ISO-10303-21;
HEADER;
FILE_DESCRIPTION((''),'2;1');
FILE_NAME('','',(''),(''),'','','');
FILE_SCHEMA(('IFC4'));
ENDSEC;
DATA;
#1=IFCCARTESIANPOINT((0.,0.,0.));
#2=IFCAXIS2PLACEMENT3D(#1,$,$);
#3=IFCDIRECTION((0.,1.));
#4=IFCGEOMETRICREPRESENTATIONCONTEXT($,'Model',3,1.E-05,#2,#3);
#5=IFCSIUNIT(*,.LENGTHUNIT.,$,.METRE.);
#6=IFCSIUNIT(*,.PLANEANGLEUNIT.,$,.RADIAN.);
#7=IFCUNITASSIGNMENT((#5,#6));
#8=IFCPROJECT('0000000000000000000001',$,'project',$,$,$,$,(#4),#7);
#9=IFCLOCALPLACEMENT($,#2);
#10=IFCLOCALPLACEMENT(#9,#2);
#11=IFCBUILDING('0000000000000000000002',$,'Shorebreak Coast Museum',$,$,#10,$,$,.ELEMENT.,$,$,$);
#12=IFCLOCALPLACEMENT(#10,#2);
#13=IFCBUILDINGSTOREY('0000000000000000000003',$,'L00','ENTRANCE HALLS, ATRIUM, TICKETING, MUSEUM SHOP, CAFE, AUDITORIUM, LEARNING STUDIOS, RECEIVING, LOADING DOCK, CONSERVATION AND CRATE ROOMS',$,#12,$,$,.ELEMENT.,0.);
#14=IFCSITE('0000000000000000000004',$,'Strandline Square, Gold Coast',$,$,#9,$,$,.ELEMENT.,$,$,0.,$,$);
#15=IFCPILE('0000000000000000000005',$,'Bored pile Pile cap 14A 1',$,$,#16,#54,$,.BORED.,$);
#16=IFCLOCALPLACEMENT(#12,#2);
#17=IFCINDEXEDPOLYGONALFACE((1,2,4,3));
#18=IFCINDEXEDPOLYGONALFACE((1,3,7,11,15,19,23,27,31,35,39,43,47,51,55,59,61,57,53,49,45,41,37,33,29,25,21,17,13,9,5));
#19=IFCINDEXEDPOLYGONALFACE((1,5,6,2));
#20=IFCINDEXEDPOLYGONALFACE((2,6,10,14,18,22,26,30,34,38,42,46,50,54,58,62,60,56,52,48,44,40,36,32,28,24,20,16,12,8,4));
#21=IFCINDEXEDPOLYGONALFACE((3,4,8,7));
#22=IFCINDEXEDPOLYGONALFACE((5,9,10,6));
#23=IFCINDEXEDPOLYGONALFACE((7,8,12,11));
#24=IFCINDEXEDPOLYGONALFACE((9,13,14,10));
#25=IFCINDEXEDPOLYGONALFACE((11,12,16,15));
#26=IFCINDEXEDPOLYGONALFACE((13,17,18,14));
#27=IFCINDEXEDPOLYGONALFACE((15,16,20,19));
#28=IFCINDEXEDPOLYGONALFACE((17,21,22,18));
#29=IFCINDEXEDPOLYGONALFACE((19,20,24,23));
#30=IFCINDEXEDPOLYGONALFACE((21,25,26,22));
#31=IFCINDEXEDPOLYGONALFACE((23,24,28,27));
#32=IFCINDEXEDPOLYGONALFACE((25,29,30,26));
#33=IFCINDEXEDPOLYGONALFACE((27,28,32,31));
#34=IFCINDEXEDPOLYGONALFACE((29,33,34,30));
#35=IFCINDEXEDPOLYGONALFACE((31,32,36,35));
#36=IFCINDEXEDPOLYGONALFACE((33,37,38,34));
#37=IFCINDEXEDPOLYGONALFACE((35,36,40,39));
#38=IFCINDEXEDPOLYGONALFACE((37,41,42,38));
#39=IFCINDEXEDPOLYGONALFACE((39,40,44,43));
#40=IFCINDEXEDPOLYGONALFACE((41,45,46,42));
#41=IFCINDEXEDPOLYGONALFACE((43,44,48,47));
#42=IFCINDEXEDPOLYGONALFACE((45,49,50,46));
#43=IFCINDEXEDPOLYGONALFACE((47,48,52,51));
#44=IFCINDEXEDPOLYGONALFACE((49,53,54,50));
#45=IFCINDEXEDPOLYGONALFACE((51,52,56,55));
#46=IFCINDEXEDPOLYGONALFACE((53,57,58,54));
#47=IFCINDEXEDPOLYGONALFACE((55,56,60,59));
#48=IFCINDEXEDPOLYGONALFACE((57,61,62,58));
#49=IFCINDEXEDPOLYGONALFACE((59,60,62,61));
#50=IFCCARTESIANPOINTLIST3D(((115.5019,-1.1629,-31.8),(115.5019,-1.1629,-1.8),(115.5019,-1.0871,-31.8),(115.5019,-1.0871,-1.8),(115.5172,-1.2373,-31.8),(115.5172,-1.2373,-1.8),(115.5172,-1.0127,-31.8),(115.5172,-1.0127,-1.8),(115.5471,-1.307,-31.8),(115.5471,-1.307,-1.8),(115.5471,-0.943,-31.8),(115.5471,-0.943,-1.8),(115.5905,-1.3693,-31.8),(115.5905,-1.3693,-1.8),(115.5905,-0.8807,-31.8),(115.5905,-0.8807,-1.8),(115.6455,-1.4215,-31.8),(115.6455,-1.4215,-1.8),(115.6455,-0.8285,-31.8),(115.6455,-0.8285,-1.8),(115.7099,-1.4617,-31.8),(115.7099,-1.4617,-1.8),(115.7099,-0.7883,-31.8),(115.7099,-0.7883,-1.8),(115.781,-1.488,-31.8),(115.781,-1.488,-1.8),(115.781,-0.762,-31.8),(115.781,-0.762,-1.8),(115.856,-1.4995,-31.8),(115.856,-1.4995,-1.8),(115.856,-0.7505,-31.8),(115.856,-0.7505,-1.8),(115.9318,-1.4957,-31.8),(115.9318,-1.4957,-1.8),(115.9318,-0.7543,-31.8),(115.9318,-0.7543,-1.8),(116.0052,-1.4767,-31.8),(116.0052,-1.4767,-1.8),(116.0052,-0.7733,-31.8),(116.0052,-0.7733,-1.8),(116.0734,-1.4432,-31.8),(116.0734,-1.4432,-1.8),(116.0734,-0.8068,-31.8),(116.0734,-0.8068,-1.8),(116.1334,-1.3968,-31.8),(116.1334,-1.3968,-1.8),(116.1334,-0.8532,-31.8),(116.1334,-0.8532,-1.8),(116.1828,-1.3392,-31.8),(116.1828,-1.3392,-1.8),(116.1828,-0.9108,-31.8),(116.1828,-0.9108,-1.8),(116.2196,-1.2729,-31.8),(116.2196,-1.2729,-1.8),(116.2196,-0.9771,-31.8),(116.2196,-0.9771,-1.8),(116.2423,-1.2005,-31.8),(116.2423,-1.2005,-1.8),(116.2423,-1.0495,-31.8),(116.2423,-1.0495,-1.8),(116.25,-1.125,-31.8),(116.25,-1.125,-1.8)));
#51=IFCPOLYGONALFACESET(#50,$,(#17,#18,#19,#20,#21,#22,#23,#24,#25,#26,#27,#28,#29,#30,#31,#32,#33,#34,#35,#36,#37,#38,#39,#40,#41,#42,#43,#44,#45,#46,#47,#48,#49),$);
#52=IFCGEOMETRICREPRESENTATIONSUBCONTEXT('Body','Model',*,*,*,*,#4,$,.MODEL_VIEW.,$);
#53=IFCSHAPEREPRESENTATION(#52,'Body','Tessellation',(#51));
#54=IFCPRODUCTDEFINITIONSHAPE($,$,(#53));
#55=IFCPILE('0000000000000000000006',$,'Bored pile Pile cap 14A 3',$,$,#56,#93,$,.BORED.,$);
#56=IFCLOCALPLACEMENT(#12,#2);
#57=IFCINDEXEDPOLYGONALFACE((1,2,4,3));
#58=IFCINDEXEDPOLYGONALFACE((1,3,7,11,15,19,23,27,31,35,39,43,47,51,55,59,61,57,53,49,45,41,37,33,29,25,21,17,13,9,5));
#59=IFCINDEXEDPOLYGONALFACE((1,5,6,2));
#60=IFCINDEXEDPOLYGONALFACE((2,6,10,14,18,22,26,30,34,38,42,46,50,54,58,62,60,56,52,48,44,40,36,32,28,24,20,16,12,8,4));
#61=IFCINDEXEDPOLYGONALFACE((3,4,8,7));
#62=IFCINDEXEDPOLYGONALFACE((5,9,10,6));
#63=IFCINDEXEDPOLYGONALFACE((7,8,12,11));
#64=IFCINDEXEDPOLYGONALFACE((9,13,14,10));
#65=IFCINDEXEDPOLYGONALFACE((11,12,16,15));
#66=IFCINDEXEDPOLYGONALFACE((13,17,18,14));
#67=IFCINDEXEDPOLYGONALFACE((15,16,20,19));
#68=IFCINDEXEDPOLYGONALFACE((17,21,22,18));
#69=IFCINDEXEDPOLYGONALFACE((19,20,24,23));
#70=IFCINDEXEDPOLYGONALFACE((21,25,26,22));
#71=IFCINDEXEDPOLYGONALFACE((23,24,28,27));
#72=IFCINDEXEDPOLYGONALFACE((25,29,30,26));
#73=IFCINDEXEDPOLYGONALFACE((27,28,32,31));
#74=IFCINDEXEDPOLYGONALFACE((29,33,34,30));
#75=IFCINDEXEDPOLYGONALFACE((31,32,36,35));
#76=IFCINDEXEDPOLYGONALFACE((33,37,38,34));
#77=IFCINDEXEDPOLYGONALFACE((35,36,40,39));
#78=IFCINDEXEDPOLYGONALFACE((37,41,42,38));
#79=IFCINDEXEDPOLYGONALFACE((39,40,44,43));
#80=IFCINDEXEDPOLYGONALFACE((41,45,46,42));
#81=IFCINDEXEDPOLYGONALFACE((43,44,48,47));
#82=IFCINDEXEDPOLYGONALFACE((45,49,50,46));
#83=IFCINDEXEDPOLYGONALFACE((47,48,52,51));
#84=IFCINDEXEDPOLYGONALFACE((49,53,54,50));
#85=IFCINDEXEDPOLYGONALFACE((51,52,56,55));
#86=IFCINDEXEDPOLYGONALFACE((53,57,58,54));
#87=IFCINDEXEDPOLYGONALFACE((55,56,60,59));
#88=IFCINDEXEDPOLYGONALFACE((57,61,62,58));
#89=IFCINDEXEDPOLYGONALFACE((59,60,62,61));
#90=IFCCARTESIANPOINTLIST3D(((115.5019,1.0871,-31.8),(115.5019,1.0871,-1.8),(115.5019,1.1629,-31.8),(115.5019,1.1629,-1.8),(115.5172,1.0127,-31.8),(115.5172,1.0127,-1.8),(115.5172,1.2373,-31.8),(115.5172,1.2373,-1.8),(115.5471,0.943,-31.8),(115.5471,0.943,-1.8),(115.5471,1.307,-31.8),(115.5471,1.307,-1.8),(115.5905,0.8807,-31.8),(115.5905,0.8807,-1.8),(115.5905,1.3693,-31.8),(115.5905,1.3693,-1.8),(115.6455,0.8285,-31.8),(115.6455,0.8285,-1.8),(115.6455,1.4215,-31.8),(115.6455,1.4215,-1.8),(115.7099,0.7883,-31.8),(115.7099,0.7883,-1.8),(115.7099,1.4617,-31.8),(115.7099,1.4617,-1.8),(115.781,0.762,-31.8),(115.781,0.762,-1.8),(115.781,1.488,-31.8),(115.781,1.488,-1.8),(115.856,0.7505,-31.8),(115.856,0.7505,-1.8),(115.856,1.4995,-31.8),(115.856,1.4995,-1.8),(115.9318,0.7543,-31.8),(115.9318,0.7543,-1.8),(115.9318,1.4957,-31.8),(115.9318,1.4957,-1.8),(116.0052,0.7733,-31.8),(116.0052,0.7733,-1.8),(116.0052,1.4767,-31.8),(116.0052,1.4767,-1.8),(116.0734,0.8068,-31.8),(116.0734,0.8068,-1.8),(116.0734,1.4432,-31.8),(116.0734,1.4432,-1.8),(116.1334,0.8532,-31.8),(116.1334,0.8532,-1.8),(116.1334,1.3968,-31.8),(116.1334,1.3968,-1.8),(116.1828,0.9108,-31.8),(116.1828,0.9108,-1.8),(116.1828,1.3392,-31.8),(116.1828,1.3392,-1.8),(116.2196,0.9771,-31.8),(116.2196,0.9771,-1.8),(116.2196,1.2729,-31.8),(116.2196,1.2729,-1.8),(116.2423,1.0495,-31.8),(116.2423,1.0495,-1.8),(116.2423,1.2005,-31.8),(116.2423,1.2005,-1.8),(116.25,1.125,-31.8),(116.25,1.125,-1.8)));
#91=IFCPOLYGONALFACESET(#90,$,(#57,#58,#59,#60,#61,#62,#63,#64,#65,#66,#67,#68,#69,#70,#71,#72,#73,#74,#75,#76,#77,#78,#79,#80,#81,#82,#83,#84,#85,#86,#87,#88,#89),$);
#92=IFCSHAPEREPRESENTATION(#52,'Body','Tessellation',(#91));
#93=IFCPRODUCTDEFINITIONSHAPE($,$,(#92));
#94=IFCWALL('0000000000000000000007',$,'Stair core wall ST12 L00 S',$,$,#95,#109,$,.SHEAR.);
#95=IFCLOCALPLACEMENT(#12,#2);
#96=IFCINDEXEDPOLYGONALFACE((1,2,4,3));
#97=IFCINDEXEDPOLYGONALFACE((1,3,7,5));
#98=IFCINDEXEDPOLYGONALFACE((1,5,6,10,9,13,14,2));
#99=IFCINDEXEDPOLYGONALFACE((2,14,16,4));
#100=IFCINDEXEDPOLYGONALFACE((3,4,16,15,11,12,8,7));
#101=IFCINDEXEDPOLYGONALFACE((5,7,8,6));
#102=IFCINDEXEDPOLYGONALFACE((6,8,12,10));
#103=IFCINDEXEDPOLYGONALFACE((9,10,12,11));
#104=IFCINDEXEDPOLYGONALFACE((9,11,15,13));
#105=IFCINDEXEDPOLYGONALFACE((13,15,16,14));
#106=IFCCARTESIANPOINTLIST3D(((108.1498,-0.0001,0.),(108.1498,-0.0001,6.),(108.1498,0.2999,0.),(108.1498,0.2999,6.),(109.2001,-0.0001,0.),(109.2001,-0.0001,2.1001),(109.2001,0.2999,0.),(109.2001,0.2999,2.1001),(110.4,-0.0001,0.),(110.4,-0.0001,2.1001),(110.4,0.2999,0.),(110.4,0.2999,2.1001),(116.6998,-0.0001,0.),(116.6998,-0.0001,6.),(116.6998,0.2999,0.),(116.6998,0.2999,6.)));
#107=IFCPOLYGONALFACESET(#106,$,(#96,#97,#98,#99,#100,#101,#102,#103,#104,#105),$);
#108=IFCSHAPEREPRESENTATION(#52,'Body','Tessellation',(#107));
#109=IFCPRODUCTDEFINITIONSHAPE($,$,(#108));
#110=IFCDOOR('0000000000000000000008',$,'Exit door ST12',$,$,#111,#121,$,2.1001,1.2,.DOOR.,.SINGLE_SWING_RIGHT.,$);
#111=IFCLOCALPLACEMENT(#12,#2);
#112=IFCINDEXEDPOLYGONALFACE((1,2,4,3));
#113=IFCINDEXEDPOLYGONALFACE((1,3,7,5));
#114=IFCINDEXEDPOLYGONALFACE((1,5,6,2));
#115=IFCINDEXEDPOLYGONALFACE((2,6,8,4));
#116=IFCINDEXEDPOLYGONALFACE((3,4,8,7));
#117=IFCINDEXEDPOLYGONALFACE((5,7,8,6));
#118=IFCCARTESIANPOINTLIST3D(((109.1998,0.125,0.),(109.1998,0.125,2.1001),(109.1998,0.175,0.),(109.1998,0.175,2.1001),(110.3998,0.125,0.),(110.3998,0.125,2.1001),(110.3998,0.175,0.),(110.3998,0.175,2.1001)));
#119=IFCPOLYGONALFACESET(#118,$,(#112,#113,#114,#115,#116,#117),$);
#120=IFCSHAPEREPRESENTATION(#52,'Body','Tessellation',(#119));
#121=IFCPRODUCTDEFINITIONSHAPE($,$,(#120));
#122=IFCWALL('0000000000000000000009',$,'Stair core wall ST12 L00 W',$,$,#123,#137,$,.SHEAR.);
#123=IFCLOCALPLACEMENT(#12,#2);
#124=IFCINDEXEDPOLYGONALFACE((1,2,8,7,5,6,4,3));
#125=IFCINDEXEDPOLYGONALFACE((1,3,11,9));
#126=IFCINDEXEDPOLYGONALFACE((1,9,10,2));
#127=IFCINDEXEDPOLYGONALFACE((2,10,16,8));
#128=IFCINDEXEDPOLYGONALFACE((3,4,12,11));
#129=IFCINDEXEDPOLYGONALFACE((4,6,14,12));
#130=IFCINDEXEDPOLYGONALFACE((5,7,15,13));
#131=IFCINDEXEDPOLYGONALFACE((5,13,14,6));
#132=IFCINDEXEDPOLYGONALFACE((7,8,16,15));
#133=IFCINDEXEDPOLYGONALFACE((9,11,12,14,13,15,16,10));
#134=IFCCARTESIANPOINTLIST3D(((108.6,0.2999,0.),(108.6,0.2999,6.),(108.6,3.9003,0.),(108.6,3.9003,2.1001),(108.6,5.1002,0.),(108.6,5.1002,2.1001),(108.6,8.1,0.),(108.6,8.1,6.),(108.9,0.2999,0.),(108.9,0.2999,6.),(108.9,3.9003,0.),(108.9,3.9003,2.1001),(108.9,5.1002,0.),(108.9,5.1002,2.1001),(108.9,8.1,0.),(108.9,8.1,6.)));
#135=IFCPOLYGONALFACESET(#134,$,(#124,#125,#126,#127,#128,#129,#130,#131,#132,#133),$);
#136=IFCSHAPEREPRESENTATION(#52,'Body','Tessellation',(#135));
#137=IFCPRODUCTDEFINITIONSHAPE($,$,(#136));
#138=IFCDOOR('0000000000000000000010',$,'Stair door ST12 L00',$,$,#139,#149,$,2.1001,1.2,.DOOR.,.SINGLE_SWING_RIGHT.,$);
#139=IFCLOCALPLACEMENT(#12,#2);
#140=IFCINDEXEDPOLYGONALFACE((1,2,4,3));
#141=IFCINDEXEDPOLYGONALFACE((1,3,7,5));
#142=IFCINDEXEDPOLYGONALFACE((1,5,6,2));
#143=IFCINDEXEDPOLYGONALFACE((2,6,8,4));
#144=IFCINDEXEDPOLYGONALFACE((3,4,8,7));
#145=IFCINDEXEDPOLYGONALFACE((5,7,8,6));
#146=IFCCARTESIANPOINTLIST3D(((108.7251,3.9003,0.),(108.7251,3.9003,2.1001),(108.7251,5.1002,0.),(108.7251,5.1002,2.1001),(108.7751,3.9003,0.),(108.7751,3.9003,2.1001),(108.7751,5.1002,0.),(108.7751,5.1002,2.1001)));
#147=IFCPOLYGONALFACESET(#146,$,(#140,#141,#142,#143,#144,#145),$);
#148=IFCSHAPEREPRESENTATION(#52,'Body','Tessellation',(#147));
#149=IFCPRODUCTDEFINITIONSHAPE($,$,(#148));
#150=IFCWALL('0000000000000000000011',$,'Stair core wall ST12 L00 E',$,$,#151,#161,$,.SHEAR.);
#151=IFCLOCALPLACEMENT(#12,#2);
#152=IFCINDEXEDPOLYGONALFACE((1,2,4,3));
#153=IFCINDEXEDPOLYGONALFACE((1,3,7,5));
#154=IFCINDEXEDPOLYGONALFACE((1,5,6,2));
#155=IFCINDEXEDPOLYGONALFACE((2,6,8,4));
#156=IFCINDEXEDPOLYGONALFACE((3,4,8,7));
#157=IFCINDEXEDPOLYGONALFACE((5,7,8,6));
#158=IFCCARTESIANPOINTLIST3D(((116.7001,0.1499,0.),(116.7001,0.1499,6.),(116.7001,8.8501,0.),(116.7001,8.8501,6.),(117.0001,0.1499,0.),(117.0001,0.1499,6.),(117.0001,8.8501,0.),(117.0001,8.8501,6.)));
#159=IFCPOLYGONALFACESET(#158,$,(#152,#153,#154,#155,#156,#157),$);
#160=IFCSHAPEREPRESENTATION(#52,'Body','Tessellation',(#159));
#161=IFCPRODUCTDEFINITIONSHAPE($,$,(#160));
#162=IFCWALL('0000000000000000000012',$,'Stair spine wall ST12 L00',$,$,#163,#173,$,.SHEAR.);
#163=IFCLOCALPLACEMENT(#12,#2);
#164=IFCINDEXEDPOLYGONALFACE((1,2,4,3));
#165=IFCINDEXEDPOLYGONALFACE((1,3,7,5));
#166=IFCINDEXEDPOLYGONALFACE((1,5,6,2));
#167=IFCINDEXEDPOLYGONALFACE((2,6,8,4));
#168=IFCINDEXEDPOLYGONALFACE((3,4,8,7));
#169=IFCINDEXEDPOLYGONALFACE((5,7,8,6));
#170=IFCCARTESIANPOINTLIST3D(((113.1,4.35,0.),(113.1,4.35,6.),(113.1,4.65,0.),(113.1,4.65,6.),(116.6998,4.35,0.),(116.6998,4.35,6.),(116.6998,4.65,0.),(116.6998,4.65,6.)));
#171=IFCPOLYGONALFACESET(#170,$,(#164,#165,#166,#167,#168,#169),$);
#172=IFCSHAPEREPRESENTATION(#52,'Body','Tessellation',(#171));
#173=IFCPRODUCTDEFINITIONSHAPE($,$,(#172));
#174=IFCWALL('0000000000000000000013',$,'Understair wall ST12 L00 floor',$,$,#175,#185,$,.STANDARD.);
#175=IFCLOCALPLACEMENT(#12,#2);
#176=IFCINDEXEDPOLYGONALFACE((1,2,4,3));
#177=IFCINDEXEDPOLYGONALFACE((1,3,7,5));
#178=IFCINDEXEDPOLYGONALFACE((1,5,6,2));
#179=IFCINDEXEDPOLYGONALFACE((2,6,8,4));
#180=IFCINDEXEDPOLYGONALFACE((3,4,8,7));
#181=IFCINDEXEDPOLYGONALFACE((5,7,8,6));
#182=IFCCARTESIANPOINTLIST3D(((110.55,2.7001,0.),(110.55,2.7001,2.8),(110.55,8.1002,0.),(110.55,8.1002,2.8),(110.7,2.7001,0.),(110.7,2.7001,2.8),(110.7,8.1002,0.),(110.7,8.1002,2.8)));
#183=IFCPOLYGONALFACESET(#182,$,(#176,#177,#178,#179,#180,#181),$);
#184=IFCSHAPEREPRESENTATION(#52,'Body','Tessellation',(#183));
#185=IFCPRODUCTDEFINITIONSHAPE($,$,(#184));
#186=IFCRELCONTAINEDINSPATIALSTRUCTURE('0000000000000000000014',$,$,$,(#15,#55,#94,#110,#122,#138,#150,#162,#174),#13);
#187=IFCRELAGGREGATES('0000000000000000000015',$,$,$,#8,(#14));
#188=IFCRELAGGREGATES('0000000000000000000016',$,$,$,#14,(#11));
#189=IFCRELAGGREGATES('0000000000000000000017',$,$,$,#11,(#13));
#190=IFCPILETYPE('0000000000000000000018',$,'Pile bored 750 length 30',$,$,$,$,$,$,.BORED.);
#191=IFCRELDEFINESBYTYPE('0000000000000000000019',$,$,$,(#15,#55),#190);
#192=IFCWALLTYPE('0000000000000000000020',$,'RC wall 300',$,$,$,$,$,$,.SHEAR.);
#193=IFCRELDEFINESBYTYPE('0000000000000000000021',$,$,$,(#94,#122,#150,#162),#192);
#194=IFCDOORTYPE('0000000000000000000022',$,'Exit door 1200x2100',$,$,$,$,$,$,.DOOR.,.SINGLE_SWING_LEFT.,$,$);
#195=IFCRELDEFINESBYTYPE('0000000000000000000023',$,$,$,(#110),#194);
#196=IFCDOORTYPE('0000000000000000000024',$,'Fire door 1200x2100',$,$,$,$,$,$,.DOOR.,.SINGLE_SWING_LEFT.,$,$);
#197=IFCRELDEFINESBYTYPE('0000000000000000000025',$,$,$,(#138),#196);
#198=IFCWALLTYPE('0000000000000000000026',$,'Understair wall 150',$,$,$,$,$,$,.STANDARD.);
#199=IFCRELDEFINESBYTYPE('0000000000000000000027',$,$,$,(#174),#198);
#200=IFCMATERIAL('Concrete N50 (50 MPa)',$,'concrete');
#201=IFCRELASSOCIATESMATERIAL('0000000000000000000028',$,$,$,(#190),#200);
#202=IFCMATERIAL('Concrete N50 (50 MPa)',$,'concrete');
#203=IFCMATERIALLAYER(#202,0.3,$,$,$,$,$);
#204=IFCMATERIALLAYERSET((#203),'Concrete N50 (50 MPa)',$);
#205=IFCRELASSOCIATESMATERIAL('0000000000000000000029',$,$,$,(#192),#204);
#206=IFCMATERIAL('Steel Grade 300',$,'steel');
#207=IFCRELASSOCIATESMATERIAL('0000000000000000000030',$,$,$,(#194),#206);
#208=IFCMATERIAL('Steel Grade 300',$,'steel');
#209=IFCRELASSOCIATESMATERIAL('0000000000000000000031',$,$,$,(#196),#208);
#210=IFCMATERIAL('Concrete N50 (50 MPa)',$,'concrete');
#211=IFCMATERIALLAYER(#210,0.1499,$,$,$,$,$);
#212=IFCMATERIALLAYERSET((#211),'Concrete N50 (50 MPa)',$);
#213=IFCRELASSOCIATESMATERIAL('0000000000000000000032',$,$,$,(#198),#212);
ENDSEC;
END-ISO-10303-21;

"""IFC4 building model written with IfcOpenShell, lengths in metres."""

from ifc_helpers import new_model, si_unit, direction, frame, frame_2d, origin, origin_2d, place, context, subcontext, project, spatial, rectangle, circle, extrude, material, layer, layer_set, material_profile, profile_set, type_object, element, fill, save


model = new_model("IFC4")

# Units and contexts
model_context = context("Model", 3, precision=1e-05, world=origin(), true_north=direction((0.0, 1.0)))
body_context = subcontext(model_context, "Body", "Model", "MODEL_VIEW")
ifc_project = project(units=[si_unit("LENGTHUNIT", "METRE"), si_unit("PLANEANGLEUNIT", "RADIAN")], contexts=[model_context])

# Site, building, storey
site_placement = place(None, origin())
site = spatial("IfcSite", under=ifc_project, at=site_placement, Name="Strandline Square, Gold Coast", CompositionType="ELEMENT", RefElevation=0.0)
building_placement = place(site_placement, origin())
building = spatial("IfcBuilding", under=site, at=building_placement, Name="Shorebreak Coast Museum", CompositionType="ELEMENT")
storey_placement = place(building_placement, origin())
storey = spatial("IfcBuildingStorey", under=building, at=storey_placement, Name="L00", Description="ENTRANCE HALLS, ATRIUM, TICKETING, MUSEUM SHOP, CAFE, AUDITORIUM, LEARNING STUDIOS, RECEIVING, LOADING DOCK, CONSERVATION AND CRATE ROOMS", CompositionType="ELEMENT", Elevation=0.0)

# Piles
ifc_material_1 = material(Name="Concrete N50 (50 MPa)", Category="concrete")
ifc_material_profile_1 = material_profile(ifc_material_1, circle(Radius=0.375, at=origin_2d()), Name="Pile bored 750 length 30")
ifc_profile_set_1 = profile_set([ifc_material_profile_1], Name="Concrete N50 (50 MPa)")
pile_type_1 = type_object("IfcPileType", Name="Pile bored 750 length 30", PredefinedType="BORED", material=ifc_profile_set_1)
for number, where, z_axis, x_axis, name in (
    (1, (115.875, -1.125, -1.8), (0.0, 0.0, -1.0), (1.0, 0.0, 0.0), "Bored pile Pile cap 14A 1"),
    (2, (115.875, 1.125, -1.8), (0.0, 0.0, -1.0), (1.0, 0.0, 0.0), "Bored pile Pile cap 14A 3"),
):
    element("IfcPile", number, at=place(storey_placement, frame(where, z_axis=z_axis, x_axis=x_axis)), inside=storey, type_object=pile_type_1, Name=name, PredefinedType="BORED", context=body_context, shape_type="SweptSolid", body=[
        extrude(circle(Radius=0.375, at=origin_2d()), origin(), (0.0, 0.0, 1.0), 30.0),
    ])

# Walls, openings, doors
ifc_material_2 = material(Name="Concrete N50 (50 MPa)", Category="concrete")
ifc_layer_1 = layer(ifc_material_2, 0.3)
ifc_layer_set_1 = layer_set([ifc_layer_1], Name="Concrete N50 (50 MPa)")
wall_type_1 = type_object("IfcWallType", Name="RC wall 300", PredefinedType="SHEAR", material=ifc_layer_set_1)
wall_1_placement = place(storey_placement, frame((108.1499, 0.1499, 0.0), z_axis=(0.0, 0.0, 1.0), x_axis=(1.0, 0.0, 0.0)))
wall_1 = element("IfcWall", 3, at=wall_1_placement, inside=storey, type_object=wall_type_1, Name="Stair core wall ST12 L00 S", PredefinedType="SHEAR", context=body_context, shape_type="SweptSolid", body=[
    extrude(rectangle(XDim=8.55, YDim=0.3, at=frame_2d((4.2749, 0.0))), origin(), (0.0, 0.0, 1.0), 6.0),
])
opening_1_placement = place(wall_1_placement, frame((1.05, 0.0, 0.0)))
opening_1 = element("IfcOpeningElement", 4, at=opening_1_placement, cuts=wall_1, PredefinedType="OPENING", context=body_context, shape_type="SweptSolid", body=[
    extrude(rectangle(XDim=1.2, YDim=2.1001, at=frame_2d((0.6001, 1.05))), frame((0.0, 0.1599, 0.0), z_axis=(0.0, -1.0, 0.0), x_axis=(1.0, 0.0, 0.0)), (0.0, 0.0, 1.0), 0.3201),
])
ifc_material_3 = material(Name="Steel Grade 300", Category="steel")
door_type_1 = type_object("IfcDoorType", Name="Exit door 1200x2100", OperationType="SINGLE_SWING_LEFT", PredefinedType="DOOR", material=ifc_material_3)
door_1_placement = place(opening_1_placement, frame((1.2, 0.0, 0.0), z_axis=(0.0, 0.0, 1.0), x_axis=(-1.0, 0.0, 0.0)))
door_1 = element("IfcDoor", 5, at=door_1_placement, inside=storey, type_object=door_type_1, Name="Exit door ST12", OperationType="SINGLE_SWING_RIGHT", OverallHeight=2.1001, OverallWidth=1.2, PredefinedType="DOOR", context=body_context, shape_type="SweptSolid", body=[
    extrude(rectangle(XDim=1.2, YDim=2.1001, at=frame_2d((0.6001, 1.05))), frame((0.0, 0.0249, 0.0), z_axis=(0.0, -1.0, 0.0), x_axis=(1.0, 0.0, 0.0)), (0.0, 0.0, 1.0), 0.05),
])
fill(opening_1, door_1)
wall_2_placement = place(storey_placement, frame((108.75, 0.3, 0.0), z_axis=(0.0, 0.0, 1.0), x_axis=(0.0, 1.0, 0.0)))
wall_2 = element("IfcWall", 6, at=wall_2_placement, inside=storey, type_object=wall_type_1, Name="Stair core wall ST12 L00 W", PredefinedType="SHEAR", context=body_context, shape_type="SweptSolid", body=[
    extrude(rectangle(XDim=7.8, YDim=0.3, at=frame_2d((3.8999, 0.0))), origin(), (0.0, 0.0, 1.0), 6.0),
])
opening_2_placement = place(wall_2_placement, frame((3.6001, 0.0, 0.0)))
opening_2 = element("IfcOpeningElement", 7, at=opening_2_placement, cuts=wall_2, PredefinedType="OPENING", context=body_context, shape_type="SweptSolid", body=[
    extrude(rectangle(XDim=1.2, YDim=2.1001, at=frame_2d((0.6001, 1.05))), frame((0.0, 0.1599, 0.0), z_axis=(0.0, -1.0, 0.0), x_axis=(1.0, 0.0, 0.0)), (0.0, 0.0, 1.0), 0.3201),
])
ifc_material_4 = material(Name="Steel Grade 300", Category="steel")
door_type_2 = type_object("IfcDoorType", Name="Fire door 1200x2100", OperationType="SINGLE_SWING_LEFT", PredefinedType="DOOR", material=ifc_material_4)
door_2_placement = place(opening_2_placement, origin())
door_2 = element("IfcDoor", 8, at=door_2_placement, inside=storey, type_object=door_type_2, Name="Stair door ST12 L00", OperationType="SINGLE_SWING_RIGHT", OverallHeight=2.1001, OverallWidth=1.2, PredefinedType="DOOR", context=body_context, shape_type="SweptSolid", body=[
    extrude(rectangle(XDim=1.2, YDim=2.1001, at=frame_2d((0.6001, 1.05))), frame((0.0, 0.0249, 0.0), z_axis=(0.0, -1.0, 0.0), x_axis=(1.0, 0.0, 0.0)), (0.0, 0.0, 1.0), 0.05),
])
fill(opening_2, door_2)

# Walls
wall_3_placement = place(storey_placement, frame((116.8501, 0.1499, 0.0), z_axis=(0.0, 0.0, 1.0), x_axis=(0.0, 1.0, 0.0)))
element("IfcWall", 9, at=wall_3_placement, inside=storey, type_object=wall_type_1, Name="Stair core wall ST12 L00 E", PredefinedType="SHEAR", context=body_context, shape_type="SweptSolid", body=[
    extrude(rectangle(XDim=8.7002, YDim=0.3, at=frame_2d((4.3501, 0.0))), origin(), (0.0, 0.0, 1.0), 6.0),
])
wall_4_placement = place(storey_placement, frame((113.1001, 4.5, 0.0), z_axis=(0.0, 0.0, 1.0), x_axis=(1.0, 0.0, 0.0)))
element("IfcWall", 10, at=wall_4_placement, inside=storey, type_object=wall_type_1, Name="Stair spine wall ST12 L00", PredefinedType="SHEAR", context=body_context, shape_type="SweptSolid", body=[
    extrude(rectangle(XDim=3.5999, YDim=0.3, at=frame_2d((1.7998, 0.0))), origin(), (0.0, 0.0, 1.0), 6.0),
])
ifc_material_5 = material(Name="Concrete N50 (50 MPa)", Category="concrete")
ifc_layer_2 = layer(ifc_material_5, 0.1499)
ifc_layer_set_2 = layer_set([ifc_layer_2], Name="Concrete N50 (50 MPa)")
wall_type_2 = type_object("IfcWallType", Name="Understair wall 150", PredefinedType="STANDARD", material=ifc_layer_set_2)
wall_5_placement = place(storey_placement, frame((110.625, 2.7, 0.0), z_axis=(0.0, 0.0, 1.0), x_axis=(0.0, 1.0, 0.0)))
element("IfcWall", 11, at=wall_5_placement, inside=storey, type_object=wall_type_2, Name="Understair wall ST12 L00 floor", PredefinedType="STANDARD", context=body_context, shape_type="SweptSolid", body=[
    extrude(rectangle(XDim=5.4001, YDim=0.1499, at=frame_2d((2.7002, 0.0))), origin(), (0.0, 0.0, 1.0), 2.8),
])

save(model, "model.ifc")
